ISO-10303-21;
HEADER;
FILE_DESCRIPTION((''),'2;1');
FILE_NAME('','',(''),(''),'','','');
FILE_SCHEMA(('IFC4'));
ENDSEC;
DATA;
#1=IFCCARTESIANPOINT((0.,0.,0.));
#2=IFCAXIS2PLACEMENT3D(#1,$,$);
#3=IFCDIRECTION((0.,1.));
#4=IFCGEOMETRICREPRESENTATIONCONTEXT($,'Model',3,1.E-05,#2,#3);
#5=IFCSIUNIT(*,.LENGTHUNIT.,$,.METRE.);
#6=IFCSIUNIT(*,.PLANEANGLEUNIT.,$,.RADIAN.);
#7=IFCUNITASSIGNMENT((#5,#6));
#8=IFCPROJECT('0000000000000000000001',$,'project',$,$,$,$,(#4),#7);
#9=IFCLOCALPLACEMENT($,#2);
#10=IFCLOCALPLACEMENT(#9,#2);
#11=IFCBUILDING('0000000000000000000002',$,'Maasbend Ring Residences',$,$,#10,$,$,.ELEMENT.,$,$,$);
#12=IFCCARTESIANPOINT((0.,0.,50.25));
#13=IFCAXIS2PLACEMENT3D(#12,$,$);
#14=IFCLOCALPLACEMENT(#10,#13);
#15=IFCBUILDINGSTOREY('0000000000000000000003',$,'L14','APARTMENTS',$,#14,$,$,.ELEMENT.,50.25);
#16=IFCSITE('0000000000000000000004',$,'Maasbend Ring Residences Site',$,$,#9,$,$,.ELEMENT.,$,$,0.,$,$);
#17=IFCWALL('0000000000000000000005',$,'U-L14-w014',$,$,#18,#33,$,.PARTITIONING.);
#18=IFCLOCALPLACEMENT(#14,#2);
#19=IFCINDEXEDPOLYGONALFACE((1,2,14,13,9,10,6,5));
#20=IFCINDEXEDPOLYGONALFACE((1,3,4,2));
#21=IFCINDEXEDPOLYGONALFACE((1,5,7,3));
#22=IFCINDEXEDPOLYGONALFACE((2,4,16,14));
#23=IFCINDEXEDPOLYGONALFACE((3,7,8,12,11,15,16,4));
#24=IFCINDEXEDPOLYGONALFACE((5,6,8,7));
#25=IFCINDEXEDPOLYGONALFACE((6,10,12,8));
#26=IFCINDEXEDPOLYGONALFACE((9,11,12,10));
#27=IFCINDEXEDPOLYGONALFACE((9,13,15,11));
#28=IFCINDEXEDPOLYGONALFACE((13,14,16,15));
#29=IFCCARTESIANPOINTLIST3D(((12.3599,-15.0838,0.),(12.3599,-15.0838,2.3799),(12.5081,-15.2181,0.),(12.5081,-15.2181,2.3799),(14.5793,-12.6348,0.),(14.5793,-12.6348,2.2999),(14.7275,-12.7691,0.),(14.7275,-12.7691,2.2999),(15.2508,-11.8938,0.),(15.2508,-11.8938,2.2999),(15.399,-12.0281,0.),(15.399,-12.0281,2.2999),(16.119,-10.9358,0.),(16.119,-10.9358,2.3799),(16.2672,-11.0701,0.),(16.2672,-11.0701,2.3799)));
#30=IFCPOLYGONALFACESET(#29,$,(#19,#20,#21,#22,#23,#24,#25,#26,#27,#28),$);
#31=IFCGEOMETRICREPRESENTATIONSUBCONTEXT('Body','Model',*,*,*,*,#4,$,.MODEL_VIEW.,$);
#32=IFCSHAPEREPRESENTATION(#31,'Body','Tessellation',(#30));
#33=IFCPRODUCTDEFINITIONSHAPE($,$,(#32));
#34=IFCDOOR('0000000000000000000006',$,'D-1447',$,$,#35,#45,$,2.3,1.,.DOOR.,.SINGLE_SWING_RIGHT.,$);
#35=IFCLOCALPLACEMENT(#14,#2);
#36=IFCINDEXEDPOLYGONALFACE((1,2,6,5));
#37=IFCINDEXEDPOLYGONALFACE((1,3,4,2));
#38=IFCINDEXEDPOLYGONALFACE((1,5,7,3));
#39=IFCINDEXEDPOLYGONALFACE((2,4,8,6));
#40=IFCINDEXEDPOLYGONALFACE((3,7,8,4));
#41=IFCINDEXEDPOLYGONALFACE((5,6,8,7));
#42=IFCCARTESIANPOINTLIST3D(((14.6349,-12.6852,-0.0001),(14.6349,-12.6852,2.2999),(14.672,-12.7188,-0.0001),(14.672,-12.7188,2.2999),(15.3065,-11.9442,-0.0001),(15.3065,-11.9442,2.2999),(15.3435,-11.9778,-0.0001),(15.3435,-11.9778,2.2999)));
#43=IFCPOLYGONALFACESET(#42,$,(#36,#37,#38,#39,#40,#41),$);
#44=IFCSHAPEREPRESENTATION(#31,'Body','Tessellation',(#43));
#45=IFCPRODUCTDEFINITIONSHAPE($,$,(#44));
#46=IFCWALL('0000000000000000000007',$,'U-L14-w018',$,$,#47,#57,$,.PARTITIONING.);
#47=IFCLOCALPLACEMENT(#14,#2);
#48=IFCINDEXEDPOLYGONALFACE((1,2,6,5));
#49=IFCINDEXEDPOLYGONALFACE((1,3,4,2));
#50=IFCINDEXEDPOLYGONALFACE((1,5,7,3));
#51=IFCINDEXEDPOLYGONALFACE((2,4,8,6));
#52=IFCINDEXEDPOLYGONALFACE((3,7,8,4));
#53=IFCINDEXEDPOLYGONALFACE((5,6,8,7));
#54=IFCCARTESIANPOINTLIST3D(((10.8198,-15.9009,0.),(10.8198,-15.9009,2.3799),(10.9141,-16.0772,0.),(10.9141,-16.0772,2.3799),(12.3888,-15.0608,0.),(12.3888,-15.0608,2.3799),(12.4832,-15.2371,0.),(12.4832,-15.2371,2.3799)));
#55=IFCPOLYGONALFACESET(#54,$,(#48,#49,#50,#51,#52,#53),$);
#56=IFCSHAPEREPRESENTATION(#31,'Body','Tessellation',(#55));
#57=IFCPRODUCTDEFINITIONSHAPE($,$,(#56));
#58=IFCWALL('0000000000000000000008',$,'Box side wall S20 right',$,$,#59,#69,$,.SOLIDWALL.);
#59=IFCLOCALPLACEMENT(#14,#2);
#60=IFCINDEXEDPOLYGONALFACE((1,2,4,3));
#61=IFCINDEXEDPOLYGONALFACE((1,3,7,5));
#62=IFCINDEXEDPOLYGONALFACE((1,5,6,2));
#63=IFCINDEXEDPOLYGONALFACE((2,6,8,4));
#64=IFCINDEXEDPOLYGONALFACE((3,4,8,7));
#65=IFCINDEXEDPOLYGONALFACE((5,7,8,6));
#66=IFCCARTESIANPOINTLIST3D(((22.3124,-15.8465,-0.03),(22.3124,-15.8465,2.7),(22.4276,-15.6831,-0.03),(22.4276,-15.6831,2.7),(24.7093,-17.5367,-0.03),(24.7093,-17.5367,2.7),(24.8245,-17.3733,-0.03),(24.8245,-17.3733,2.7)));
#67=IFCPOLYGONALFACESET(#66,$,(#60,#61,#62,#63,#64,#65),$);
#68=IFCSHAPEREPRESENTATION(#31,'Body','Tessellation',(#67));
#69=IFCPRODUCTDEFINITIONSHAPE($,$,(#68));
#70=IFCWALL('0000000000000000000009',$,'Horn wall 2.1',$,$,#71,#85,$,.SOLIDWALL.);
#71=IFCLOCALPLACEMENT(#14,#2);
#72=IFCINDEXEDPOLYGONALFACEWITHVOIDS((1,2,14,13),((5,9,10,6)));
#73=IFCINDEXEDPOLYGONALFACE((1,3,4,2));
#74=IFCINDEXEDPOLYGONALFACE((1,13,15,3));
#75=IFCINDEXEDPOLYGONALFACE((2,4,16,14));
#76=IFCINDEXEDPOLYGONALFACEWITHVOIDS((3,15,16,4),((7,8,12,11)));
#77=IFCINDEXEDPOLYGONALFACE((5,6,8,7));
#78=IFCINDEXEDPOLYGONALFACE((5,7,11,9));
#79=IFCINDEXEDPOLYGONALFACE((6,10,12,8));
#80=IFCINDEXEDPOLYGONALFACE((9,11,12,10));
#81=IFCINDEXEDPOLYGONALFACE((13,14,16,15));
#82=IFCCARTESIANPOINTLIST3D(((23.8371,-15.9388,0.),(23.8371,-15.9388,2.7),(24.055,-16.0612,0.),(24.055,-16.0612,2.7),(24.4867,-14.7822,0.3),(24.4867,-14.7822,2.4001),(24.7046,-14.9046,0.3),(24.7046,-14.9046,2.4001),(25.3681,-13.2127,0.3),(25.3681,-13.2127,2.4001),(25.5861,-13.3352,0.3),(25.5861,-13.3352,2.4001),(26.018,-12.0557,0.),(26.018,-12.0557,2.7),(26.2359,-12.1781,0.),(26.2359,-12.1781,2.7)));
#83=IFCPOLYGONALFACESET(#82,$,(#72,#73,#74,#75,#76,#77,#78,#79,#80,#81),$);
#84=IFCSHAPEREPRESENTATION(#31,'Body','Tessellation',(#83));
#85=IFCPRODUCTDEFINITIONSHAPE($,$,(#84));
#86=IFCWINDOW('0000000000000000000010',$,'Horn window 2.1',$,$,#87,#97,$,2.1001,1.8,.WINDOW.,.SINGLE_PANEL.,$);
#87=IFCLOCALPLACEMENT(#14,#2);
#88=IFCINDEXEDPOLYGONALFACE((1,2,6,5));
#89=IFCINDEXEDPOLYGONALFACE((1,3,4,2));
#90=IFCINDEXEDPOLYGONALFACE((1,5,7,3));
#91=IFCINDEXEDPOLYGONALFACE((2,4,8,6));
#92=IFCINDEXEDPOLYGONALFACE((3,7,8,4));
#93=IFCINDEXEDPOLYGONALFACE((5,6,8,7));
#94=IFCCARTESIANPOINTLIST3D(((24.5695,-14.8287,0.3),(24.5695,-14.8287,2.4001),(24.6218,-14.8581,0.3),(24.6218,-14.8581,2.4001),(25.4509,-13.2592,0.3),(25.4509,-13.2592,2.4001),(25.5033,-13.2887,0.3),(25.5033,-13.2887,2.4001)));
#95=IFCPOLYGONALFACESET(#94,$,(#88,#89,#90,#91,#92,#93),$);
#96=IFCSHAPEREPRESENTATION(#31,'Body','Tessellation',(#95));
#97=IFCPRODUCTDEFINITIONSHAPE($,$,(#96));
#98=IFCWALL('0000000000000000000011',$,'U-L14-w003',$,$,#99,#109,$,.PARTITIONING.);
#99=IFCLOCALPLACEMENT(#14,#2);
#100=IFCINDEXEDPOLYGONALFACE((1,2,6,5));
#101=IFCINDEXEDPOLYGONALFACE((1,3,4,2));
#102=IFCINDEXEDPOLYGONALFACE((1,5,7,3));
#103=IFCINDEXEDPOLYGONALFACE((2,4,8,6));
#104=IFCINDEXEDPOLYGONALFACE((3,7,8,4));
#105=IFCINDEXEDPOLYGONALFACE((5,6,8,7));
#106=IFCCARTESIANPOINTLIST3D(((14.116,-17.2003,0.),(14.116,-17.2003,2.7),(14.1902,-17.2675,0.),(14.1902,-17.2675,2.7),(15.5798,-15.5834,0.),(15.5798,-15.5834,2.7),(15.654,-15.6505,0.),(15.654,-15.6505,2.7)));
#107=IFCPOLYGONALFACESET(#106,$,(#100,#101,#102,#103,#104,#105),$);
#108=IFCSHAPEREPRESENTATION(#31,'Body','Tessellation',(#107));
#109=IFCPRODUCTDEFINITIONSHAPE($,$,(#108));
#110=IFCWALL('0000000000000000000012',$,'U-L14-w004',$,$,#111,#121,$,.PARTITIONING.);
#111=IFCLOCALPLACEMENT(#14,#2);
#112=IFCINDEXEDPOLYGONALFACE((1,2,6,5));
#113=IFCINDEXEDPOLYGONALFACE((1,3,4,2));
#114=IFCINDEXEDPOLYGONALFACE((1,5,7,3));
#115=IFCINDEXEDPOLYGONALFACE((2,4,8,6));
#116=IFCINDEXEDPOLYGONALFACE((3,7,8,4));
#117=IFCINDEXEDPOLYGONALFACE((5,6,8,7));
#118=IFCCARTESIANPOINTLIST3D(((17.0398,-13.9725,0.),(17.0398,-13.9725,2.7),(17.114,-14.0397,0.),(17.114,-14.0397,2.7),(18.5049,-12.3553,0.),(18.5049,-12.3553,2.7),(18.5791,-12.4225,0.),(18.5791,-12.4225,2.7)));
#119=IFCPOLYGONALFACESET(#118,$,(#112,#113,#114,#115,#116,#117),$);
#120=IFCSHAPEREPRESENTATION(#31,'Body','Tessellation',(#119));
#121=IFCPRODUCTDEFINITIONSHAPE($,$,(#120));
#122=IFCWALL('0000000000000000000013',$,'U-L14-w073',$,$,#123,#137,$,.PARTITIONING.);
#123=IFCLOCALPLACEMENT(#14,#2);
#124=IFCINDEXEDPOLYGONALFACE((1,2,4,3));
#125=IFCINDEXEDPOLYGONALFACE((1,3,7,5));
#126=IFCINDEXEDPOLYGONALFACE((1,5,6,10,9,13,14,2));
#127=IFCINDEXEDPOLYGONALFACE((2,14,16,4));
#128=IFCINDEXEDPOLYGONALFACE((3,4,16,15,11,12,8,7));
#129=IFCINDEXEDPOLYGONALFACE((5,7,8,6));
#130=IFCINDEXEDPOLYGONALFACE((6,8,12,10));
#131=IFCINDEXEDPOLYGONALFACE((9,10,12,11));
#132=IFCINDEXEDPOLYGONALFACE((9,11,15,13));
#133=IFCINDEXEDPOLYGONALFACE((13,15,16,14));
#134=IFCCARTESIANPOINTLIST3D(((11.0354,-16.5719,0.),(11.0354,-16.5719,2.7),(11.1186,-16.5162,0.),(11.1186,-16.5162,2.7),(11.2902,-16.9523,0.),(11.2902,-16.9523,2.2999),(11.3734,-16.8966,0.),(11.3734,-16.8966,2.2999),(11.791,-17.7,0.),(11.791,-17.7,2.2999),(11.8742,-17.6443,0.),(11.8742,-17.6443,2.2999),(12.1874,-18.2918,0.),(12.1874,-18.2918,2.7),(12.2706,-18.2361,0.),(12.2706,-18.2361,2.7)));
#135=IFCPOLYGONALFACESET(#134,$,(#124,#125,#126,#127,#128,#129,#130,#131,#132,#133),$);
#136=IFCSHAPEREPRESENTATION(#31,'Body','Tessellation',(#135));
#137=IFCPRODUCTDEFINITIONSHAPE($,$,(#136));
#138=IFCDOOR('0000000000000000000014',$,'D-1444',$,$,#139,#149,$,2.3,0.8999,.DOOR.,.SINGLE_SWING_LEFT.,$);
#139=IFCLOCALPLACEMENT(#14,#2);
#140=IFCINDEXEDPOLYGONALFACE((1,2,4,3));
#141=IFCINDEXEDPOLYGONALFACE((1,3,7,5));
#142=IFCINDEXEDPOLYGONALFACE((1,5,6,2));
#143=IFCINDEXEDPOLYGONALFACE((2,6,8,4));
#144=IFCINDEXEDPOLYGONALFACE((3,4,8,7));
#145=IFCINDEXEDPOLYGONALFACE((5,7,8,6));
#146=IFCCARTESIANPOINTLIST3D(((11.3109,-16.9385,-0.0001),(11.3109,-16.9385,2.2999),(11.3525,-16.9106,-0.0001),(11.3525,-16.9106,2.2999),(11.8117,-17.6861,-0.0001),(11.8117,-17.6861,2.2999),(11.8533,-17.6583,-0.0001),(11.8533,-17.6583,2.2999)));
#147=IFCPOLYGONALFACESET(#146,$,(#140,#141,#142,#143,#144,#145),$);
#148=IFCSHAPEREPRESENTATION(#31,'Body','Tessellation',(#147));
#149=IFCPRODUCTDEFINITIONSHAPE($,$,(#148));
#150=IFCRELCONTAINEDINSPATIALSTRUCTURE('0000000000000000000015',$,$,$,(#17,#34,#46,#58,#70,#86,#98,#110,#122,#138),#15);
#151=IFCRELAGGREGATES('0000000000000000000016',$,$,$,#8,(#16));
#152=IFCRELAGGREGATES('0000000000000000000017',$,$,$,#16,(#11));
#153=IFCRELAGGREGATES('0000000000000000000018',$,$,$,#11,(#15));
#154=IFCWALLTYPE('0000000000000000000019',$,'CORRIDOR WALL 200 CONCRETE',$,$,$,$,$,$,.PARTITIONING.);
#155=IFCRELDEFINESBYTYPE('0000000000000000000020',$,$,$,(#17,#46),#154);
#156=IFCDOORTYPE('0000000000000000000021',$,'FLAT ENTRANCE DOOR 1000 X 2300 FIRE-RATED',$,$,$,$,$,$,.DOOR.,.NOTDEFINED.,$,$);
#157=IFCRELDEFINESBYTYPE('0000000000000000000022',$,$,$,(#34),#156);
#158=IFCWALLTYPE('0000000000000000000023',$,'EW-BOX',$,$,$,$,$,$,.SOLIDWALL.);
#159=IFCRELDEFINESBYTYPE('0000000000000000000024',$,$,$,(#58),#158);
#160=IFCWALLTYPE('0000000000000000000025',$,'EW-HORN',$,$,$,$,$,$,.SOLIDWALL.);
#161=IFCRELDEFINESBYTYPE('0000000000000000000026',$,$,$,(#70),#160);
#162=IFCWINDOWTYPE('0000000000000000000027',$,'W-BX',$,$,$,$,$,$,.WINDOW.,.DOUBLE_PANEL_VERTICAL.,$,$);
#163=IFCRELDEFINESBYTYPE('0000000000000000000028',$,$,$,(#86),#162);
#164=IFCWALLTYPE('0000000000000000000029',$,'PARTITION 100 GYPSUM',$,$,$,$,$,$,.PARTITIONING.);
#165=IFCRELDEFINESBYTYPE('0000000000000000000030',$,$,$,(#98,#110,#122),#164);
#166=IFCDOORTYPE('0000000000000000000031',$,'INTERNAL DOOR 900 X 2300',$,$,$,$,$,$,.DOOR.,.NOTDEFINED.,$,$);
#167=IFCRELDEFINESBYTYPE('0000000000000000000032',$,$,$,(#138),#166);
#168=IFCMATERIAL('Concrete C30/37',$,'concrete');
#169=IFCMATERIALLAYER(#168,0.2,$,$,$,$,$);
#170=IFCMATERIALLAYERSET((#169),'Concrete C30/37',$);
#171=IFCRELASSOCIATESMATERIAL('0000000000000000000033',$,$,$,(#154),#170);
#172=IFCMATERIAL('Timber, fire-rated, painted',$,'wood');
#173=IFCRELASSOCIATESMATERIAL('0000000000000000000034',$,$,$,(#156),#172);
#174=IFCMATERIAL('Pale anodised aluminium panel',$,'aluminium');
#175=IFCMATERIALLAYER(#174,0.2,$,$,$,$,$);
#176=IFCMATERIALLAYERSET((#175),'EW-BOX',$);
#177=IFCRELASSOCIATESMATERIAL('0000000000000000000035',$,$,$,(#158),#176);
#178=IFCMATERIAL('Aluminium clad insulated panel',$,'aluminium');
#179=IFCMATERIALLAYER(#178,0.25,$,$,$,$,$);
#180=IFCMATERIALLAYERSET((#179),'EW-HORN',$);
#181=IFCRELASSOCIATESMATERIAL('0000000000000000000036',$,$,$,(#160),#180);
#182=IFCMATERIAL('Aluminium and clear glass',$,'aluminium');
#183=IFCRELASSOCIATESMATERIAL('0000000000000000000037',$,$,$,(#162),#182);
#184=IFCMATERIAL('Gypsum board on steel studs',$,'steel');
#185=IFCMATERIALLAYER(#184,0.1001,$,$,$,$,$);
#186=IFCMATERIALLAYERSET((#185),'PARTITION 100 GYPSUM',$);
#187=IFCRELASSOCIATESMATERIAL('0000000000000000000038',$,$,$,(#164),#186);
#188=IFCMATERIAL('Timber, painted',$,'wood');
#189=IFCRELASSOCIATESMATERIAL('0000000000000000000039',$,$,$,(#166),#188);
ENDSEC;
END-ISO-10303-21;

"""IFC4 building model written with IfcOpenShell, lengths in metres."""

from ifc_helpers import new_model, si_unit, direction, frame, frame_2d, origin, place, context, subcontext, project, spatial, rectangle, extrude, material, layer, layer_set, type_object, element, fill, save


model = new_model("IFC4")

# Units and contexts
model_context = context("Model", 3, precision=1e-05, world=origin(), true_north=direction((0.0, 1.0)))
body_context = subcontext(model_context, "Body", "Model", "MODEL_VIEW")
ifc_project = project(units=[si_unit("LENGTHUNIT", "METRE"), si_unit("PLANEANGLEUNIT", "RADIAN")], contexts=[model_context])

# Site, building, storey
site_placement = place(None, origin())
site = spatial("IfcSite", under=ifc_project, at=site_placement, Name="Maasbend Ring Residences Site", CompositionType="ELEMENT", RefElevation=0.0)
building_placement = place(site_placement, origin())
building = spatial("IfcBuilding", under=site, at=building_placement, Name="Maasbend Ring Residences", CompositionType="ELEMENT")
storey_placement = place(building_placement, frame((0.0, 0.0, 50.25)))
storey = spatial("IfcBuildingStorey", under=building, at=storey_placement, Name="L14", Description="APARTMENTS", CompositionType="ELEMENT", Elevation=50.25)

# Wall, opening, door
ifc_material_1 = material(Name="Concrete C30/37", Category="concrete")
ifc_layer_1 = layer(ifc_material_1, 0.2)
ifc_layer_set_1 = layer_set([ifc_layer_1], Name="Concrete C30/37")
wall_type_1 = type_object("IfcWallType", Name="CORRIDOR WALL 200 CONCRETE", PredefinedType="PARTITIONING", material=ifc_layer_set_1)
wall_1_placement = place(storey_placement, frame((12.4341, -15.1509, 0.0), z_axis=(0.0, 0.0, 1.0), x_axis=(0.671515, 0.740991, 0.0)))
wall_1 = element("IfcWall", 1, at=wall_1_placement, inside=storey, type_object=wall_type_1, Name="U-L14-w014", PredefinedType="PARTITIONING", context=body_context, shape_type="SweptSolid", body=[
    extrude(rectangle(XDim=5.5979, YDim=0.2, at=frame_2d((2.7988, 0.0))), origin(), (0.0, 0.0, 1.0), 2.3799),
])
opening_1_placement = place(wall_1_placement, frame((3.3049, 0.0, 0.0)))
opening_1 = element("IfcOpeningElement", 2, at=opening_1_placement, cuts=wall_1, PredefinedType="OPENING", context=body_context, shape_type="SweptSolid", body=[
    extrude(rectangle(XDim=1.0, YDim=2.3, at=frame_2d((0.5, 1.1499))), frame((0.0, 0.1099, 0.0), z_axis=(0.0, -1.0, 0.0), x_axis=(1.0, 0.0, 0.0)), (0.0, 0.0, 1.0), 0.22),
])
ifc_material_2 = material(Name="Timber, fire-rated, painted", Category="wood")
door_type_1 = type_object("IfcDoorType", Name="FLAT ENTRANCE DOOR 1000 X 2300 FIRE-RATED", OperationType="NOTDEFINED", PredefinedType="DOOR", material=ifc_material_2)
door_1_placement = place(opening_1_placement, origin())
door_1 = element("IfcDoor", 3, at=door_1_placement, inside=storey, type_object=door_type_1, Name="D-1447", OperationType="SINGLE_SWING_RIGHT", OverallHeight=2.3, OverallWidth=1.0, PredefinedType="DOOR", context=body_context, shape_type="SweptSolid", body=[
    extrude(rectangle(XDim=1.0, YDim=2.3, at=frame_2d((0.5, 1.1499))), frame((0.0, 0.0249, 0.0), z_axis=(0.0, -1.0, 0.0), x_axis=(1.0, 0.0, 0.0)), (0.0, 0.0, 1.0), 0.05),
])
fill(opening_1, door_1)

# Walls
wall_2_placement = place(storey_placement, frame((10.8669, -15.989, 0.0), z_axis=(0.0, 0.0, 1.0), x_axis=(0.881596, 0.472004, 0.0)))
element("IfcWall", 4, at=wall_2_placement, inside=storey, type_object=wall_type_1, Name="U-L14-w018", PredefinedType="PARTITIONING", context=body_context, shape_type="SweptSolid", body=[
    extrude(rectangle(XDim=1.7798, YDim=0.2, at=frame_2d((0.8899, 0.0))), origin(), (0.0, 0.0, 1.0), 2.3799),
])
ifc_material_3 = material(Name="Pale anodised aluminium panel", Category="aluminium")
ifc_layer_2 = layer(ifc_material_3, 0.2)
ifc_layer_set_2 = layer_set([ifc_layer_2], Name="EW-BOX")
wall_type_2 = type_object("IfcWallType", Name="EW-BOX", PredefinedType="SOLIDWALL", material=ifc_layer_set_2)
wall_3_placement = place(storey_placement, frame((22.3701, -15.7649, -0.03), z_axis=(0.0, 0.0, 1.0), x_axis=(0.817256, -0.576275, 0.0)))
element("IfcWall", 5, at=wall_3_placement, inside=storey, type_object=wall_type_2, Name="Box side wall S20 right", PredefinedType="SOLIDWALL", context=body_context, shape_type="SweptSolid", body=[
    extrude(rectangle(XDim=2.9329, YDim=0.2, at=frame_2d((1.4663, 0.0))), origin(), (0.0, 0.0, 1.0), 2.73),
])

# Wall, opening, window
ifc_material_4 = material(Name="Aluminium clad insulated panel", Category="aluminium")
ifc_layer_3 = layer(ifc_material_4, 0.25)
ifc_layer_set_3 = layer_set([ifc_layer_3], Name="EW-HORN")
wall_type_3 = type_object("IfcWallType", Name="EW-HORN", PredefinedType="SOLIDWALL", material=ifc_layer_set_3)
wall_4_placement = place(storey_placement, frame((23.946, -16.0, 0.0), z_axis=(0.0, 0.0, 1.0), x_axis=(0.489696, 0.871893, 0.0)))
wall_4 = element("IfcWall", 6, at=wall_4_placement, inside=storey, type_object=wall_type_3, Name="Horn wall 2.1", PredefinedType="SOLIDWALL", context=body_context, shape_type="SweptSolid", body=[
    extrude(rectangle(XDim=4.4536, YDim=0.25, at=frame_2d((2.2268, 0.0))), origin(), (0.0, 0.0, 1.0), 2.7),
])
opening_2_placement = place(wall_4_placement, frame((1.3267, 0.0, 0.3)))
opening_2 = element("IfcOpeningElement", 7, at=opening_2_placement, cuts=wall_4, PredefinedType="OPENING", context=body_context, shape_type="SweptSolid", body=[
    extrude(rectangle(XDim=1.8, YDim=2.1001, at=frame_2d((0.8999, 1.05))), frame((0.0, 0.135, 0.0), z_axis=(0.0, -1.0, 0.0), x_axis=(1.0, 0.0, 0.0)), (0.0, 0.0, 1.0), 0.27),
])
ifc_material_5 = material(Name="Aluminium and clear glass", Category="aluminium")
window_type = type_object("IfcWindowType", Name="W-BX", PartitioningType="DOUBLE_PANEL_VERTICAL", PredefinedType="WINDOW", material=ifc_material_5)
window_placement = place(opening_2_placement, origin())
window = element("IfcWindow", 8, at=window_placement, inside=storey, type_object=window_type, Name="Horn window 2.1", OverallHeight=2.1001, OverallWidth=1.8, PartitioningType="SINGLE_PANEL", PredefinedType="WINDOW", context=body_context, shape_type="SweptSolid", body=[
    extrude(rectangle(XDim=1.8, YDim=2.1001, at=frame_2d((0.8999, 1.05))), frame((0.0, 0.03, 0.0), z_axis=(0.0, -1.0, 0.0), x_axis=(1.0, 0.0, 0.0)), (0.0, 0.0, 1.0), 0.0601),
])
fill(opening_2, window)

# Walls
ifc_material_6 = material(Name="Gypsum board on steel studs", Category="steel")
ifc_layer_4 = layer(ifc_material_6, 0.1001)
ifc_layer_set_4 = layer_set([ifc_layer_4], Name="PARTITION 100 GYPSUM")
wall_type_4 = type_object("IfcWallType", Name="PARTITION 100 GYPSUM", PredefinedType="PARTITIONING", material=ifc_layer_set_4)
wall_5_placement = place(storey_placement, frame((14.1531, -17.2339, 0.0), z_axis=(0.0, 0.0, 1.0), x_axis=(0.671145, 0.741326, 0.0)))
element("IfcWall", 9, at=wall_5_placement, inside=storey, type_object=wall_type_4, Name="U-L14-w003", PredefinedType="PARTITIONING", context=body_context, shape_type="SweptSolid", body=[
    extrude(rectangle(XDim=2.1812, YDim=0.1001, at=frame_2d((1.0906, 0.0))), origin(), (0.0, 0.0, 1.0), 2.7),
])
wall_6_placement = place(storey_placement, frame((17.0769, -14.0061, 0.0), z_axis=(0.0, 0.0, 1.0), x_axis=(0.671397, 0.741098, 0.0)))
element("IfcWall", 10, at=wall_6_placement, inside=storey, type_object=wall_type_4, Name="U-L14-w004", PredefinedType="PARTITIONING", context=body_context, shape_type="SweptSolid", body=[
    extrude(rectangle(XDim=2.1821, YDim=0.1001, at=frame_2d((1.0911, 0.0))), origin(), (0.0, 0.0, 1.0), 2.7),
])

# Wall, opening, door
wall_7_placement = place(storey_placement, frame((11.0769, -16.5439, 0.0), z_axis=(0.0, 0.0, 1.0), x_axis=(0.556522, -0.830833, 0.0)))
wall_7 = element("IfcWall", 11, at=wall_7_placement, inside=storey, type_object=wall_type_4, Name="U-L14-w073", PredefinedType="PARTITIONING", context=body_context, shape_type="SweptSolid", body=[
    extrude(rectangle(XDim=2.0701, YDim=0.1001, at=frame_2d((1.0352, 0.0))), origin(), (0.0, 0.0, 1.0), 2.7),
])
opening_3_placement = place(wall_7_placement, frame((0.458, 0.0, 0.0)))
opening_3 = element("IfcOpeningElement", 12, at=opening_3_placement, cuts=wall_7, PredefinedType="OPENING", context=body_context, shape_type="SweptSolid", body=[
    extrude(rectangle(XDim=0.8999, YDim=2.3, at=frame_2d((0.45, 1.1499))), frame((0.0, 0.0601, 0.0), z_axis=(0.0, -1.0, 0.0), x_axis=(1.0, 0.0, 0.0)), (0.0, 0.0, 1.0), 0.1201),
])
ifc_material_7 = material(Name="Timber, painted", Category="wood")
door_type_2 = type_object("IfcDoorType", Name="INTERNAL DOOR 900 X 2300", OperationType="NOTDEFINED", PredefinedType="DOOR", material=ifc_material_7)
door_2_placement = place(opening_3_placement, origin())
door_2 = element("IfcDoor", 13, at=door_2_placement, inside=storey, type_object=door_type_2, Name="D-1444", OperationType="SINGLE_SWING_LEFT", OverallHeight=2.3, OverallWidth=0.8999, PredefinedType="DOOR", context=body_context, shape_type="SweptSolid", body=[
    extrude(rectangle(XDim=0.8999, YDim=2.3, at=frame_2d((0.45, 1.1499))), frame((0.0, 0.0249, 0.0), z_axis=(0.0, -1.0, 0.0), x_axis=(1.0, 0.0, 0.0)), (0.0, 0.0, 1.0), 0.05),
])
fill(opening_3, door_2)

save(model, "model.ifc")
